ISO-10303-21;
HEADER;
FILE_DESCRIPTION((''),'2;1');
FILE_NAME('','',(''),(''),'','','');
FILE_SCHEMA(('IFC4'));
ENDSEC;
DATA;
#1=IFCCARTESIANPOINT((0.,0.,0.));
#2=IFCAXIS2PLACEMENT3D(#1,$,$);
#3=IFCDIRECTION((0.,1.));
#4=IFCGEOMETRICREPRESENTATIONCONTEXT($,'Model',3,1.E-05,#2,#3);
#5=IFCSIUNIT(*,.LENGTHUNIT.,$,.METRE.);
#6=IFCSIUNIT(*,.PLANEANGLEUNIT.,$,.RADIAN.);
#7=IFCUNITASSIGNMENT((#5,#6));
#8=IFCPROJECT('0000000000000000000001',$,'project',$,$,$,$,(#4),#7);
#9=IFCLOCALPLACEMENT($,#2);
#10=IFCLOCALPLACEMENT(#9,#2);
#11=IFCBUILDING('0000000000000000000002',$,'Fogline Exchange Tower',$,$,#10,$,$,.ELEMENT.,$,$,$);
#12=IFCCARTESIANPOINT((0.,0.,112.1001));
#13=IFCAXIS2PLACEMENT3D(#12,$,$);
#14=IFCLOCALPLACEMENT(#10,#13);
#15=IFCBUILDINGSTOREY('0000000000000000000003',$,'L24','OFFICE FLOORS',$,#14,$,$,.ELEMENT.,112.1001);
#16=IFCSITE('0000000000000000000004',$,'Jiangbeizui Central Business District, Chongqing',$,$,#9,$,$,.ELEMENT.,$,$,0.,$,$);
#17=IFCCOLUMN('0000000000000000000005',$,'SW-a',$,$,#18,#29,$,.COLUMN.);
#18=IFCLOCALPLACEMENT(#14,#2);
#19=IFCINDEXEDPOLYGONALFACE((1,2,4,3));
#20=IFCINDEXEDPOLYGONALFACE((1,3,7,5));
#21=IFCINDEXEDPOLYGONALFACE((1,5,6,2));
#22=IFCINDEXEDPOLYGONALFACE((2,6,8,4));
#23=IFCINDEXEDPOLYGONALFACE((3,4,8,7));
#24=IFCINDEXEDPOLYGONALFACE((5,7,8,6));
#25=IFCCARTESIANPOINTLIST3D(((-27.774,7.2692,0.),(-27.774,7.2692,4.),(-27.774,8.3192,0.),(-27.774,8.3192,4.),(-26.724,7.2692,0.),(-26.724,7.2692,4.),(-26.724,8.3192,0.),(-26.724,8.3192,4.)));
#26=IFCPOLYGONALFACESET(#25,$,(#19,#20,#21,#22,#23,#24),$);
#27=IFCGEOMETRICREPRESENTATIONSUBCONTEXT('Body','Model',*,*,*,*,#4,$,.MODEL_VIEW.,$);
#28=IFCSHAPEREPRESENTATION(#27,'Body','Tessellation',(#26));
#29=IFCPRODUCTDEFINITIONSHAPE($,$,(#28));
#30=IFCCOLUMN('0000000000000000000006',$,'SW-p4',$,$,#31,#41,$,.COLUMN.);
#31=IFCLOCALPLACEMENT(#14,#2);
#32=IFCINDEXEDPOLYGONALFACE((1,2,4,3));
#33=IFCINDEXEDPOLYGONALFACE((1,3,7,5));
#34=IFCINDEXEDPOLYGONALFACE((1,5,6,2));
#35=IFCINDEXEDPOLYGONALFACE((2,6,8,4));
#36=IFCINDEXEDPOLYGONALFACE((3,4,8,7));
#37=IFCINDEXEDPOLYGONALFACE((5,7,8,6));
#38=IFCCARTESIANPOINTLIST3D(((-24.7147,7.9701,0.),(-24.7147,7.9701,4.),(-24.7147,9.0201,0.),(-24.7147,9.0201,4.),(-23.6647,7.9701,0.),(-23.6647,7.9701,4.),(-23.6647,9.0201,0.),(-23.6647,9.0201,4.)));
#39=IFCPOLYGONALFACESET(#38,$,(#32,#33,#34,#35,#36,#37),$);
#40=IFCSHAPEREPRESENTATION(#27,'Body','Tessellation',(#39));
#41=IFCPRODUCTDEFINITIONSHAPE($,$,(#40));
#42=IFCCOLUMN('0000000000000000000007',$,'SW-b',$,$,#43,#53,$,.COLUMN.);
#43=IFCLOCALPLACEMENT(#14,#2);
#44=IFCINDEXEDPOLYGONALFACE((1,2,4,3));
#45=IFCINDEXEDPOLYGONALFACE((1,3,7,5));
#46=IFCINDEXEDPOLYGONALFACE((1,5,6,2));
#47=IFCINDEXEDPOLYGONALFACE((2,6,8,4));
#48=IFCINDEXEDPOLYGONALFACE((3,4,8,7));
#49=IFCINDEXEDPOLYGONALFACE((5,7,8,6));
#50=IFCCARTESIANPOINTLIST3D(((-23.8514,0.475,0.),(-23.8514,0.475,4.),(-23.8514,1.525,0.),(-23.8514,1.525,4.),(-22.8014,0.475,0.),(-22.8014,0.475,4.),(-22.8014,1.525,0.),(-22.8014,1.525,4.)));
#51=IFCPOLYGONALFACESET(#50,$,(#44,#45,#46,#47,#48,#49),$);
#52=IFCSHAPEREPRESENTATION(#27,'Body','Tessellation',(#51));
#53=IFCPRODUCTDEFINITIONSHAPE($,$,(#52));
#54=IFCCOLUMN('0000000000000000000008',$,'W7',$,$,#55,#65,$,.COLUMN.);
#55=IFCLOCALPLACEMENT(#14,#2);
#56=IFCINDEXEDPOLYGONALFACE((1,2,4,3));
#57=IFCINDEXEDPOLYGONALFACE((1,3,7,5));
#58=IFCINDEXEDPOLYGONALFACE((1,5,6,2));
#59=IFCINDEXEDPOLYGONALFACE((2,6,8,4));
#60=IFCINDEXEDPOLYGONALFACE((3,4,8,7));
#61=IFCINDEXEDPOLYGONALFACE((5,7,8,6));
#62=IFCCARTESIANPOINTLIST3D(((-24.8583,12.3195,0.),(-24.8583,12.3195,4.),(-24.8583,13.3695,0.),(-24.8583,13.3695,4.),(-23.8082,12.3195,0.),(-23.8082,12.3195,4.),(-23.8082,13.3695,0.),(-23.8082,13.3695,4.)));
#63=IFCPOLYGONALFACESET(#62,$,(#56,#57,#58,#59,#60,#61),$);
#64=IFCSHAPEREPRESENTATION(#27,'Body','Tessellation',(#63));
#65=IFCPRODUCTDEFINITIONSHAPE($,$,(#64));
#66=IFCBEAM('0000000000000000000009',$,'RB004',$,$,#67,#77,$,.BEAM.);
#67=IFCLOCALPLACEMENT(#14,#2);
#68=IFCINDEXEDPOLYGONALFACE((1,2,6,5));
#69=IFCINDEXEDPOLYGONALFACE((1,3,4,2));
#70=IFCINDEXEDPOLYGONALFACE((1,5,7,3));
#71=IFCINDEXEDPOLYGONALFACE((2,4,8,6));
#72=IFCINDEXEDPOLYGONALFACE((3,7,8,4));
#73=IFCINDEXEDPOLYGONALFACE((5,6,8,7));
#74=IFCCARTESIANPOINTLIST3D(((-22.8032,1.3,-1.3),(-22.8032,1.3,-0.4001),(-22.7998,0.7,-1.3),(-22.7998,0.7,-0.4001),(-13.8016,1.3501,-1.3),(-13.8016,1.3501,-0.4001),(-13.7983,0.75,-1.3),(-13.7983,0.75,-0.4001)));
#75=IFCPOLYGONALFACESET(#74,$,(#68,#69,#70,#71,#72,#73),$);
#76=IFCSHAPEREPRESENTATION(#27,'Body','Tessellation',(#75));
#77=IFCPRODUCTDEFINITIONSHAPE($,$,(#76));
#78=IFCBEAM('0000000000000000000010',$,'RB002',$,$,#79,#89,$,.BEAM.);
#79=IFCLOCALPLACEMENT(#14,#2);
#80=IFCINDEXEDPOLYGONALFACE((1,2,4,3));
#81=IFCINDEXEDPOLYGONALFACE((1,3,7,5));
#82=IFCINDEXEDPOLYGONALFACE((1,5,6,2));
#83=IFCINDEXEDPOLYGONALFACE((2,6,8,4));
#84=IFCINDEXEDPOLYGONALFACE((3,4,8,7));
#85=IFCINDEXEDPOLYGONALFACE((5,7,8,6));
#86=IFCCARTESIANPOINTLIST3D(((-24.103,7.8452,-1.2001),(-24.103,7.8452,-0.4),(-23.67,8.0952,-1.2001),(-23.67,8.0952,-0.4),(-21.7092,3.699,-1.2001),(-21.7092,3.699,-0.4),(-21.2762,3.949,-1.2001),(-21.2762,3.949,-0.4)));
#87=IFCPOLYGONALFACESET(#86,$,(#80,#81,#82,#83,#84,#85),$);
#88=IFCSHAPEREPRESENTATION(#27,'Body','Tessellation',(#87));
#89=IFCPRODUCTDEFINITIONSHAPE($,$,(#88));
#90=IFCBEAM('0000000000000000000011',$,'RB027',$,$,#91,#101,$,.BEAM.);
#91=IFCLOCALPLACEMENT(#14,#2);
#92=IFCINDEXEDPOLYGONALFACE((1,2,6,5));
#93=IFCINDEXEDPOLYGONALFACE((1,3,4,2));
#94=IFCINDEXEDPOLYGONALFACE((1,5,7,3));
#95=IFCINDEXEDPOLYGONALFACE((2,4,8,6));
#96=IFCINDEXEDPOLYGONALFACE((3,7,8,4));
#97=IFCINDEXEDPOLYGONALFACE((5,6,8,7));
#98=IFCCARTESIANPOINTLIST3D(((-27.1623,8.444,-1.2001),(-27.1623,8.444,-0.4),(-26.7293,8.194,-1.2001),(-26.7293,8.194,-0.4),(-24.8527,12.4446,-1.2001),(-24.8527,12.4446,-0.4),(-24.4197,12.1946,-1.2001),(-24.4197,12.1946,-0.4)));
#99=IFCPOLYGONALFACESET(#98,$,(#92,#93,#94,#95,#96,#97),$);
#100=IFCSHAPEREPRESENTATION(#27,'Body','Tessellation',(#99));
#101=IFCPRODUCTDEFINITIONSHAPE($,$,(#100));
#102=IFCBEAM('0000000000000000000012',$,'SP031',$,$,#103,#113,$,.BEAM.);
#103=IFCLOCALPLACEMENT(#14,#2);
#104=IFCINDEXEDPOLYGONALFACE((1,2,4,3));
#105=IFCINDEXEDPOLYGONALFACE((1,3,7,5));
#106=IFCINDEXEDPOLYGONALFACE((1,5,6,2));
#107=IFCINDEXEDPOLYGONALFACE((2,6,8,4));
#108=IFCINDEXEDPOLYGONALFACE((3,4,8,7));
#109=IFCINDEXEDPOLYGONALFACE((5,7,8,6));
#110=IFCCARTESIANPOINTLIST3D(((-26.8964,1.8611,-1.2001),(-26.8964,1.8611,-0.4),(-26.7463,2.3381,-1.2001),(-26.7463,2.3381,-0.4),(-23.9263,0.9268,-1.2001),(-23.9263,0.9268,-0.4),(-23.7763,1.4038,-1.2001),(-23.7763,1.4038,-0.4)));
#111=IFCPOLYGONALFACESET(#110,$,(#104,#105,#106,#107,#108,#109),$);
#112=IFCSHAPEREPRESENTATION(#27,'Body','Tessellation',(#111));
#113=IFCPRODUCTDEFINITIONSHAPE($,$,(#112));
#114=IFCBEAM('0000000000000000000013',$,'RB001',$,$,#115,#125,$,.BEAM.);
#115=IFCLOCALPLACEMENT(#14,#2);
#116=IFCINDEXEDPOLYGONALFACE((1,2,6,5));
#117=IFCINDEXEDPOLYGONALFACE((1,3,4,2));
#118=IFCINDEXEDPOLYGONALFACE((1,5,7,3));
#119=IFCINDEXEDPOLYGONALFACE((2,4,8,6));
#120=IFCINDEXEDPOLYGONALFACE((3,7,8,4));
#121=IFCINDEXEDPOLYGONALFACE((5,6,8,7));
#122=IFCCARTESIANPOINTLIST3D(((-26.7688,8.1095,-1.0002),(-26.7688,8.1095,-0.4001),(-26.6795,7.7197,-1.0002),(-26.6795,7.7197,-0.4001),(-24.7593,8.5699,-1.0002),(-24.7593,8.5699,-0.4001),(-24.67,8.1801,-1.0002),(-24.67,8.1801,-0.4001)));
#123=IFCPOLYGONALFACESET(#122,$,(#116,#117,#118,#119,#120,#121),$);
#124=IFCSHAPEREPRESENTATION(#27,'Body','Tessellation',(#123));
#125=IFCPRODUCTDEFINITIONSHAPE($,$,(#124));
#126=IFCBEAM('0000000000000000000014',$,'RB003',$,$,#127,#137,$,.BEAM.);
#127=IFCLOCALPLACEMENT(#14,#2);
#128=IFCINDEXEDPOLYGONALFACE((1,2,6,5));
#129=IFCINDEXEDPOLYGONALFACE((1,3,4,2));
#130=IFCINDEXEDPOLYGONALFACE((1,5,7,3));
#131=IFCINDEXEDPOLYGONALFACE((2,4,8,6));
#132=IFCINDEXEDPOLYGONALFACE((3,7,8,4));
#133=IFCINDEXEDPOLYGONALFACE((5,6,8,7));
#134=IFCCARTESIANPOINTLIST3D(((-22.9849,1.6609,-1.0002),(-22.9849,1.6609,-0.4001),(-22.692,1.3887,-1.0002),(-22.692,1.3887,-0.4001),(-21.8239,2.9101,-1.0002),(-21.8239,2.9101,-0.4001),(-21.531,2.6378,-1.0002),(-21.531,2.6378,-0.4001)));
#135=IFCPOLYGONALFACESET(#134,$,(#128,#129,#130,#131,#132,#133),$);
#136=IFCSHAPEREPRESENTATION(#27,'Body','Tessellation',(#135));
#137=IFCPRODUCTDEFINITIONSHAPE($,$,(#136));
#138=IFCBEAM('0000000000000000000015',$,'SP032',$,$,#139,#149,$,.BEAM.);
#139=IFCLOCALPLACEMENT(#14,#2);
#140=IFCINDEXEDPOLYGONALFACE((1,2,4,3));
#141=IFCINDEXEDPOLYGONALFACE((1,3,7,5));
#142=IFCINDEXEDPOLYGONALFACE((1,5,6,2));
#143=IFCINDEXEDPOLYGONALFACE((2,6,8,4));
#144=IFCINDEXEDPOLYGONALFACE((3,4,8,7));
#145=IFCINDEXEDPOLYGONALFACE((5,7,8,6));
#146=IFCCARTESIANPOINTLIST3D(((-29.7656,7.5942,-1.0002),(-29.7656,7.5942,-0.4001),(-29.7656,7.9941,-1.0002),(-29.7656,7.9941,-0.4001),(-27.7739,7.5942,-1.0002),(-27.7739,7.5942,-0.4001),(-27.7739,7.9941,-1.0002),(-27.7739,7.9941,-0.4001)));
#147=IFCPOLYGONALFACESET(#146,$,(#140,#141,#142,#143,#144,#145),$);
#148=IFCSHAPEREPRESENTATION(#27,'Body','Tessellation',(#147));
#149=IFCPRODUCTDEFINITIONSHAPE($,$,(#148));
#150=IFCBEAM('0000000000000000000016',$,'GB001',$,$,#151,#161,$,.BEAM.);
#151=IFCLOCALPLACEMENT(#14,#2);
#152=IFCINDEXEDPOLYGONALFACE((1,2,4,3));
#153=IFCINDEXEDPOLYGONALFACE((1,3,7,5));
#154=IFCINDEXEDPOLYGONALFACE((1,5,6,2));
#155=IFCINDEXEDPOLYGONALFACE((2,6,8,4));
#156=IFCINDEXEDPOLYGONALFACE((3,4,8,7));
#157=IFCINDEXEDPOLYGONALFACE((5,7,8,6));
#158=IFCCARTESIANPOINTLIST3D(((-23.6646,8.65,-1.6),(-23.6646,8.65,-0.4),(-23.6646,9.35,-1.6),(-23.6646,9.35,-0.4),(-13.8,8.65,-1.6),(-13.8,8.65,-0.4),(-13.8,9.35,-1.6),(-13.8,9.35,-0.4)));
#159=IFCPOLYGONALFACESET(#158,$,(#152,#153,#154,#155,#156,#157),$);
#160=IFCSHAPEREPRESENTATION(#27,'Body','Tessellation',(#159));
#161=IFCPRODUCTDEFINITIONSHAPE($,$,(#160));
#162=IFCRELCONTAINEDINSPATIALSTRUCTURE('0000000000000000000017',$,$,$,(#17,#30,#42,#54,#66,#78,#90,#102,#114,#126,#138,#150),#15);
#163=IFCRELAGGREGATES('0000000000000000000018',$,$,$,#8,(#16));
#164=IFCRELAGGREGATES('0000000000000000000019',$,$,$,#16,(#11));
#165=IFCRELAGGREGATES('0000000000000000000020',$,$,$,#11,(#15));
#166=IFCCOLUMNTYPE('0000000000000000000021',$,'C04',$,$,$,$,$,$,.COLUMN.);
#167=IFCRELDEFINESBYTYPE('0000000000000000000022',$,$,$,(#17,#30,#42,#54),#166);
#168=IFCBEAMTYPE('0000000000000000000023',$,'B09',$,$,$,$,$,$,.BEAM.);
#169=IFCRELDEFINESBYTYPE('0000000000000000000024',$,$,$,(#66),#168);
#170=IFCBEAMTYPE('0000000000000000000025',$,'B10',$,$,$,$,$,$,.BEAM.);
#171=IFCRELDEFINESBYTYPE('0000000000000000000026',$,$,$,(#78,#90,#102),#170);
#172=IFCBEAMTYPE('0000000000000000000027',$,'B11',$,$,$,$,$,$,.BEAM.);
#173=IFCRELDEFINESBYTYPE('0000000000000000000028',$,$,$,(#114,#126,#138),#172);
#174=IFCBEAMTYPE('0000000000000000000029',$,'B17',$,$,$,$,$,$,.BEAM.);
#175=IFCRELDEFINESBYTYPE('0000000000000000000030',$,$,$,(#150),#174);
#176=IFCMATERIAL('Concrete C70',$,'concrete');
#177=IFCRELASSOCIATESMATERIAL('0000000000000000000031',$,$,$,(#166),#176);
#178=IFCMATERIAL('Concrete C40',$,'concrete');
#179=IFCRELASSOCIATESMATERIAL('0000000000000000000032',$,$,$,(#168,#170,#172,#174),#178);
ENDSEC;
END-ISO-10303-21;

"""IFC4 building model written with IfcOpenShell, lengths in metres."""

from ifc_helpers import new_model, si_unit, direction, frame, origin, origin_2d, place, context, subcontext, project, spatial, rectangle, extrude, material, material_profile, profile_set, type_object, element, save


model = new_model("IFC4")

# Units and contexts
model_context = context("Model", 3, precision=1e-05, world=origin(), true_north=direction((0.0, 1.0)))
body_context = subcontext(model_context, "Body", "Model", "MODEL_VIEW")
ifc_project = project(units=[si_unit("LENGTHUNIT", "METRE"), si_unit("PLANEANGLEUNIT", "RADIAN")], contexts=[model_context])

# Site, building, storey
site_placement = place(None, origin())
site = spatial("IfcSite", under=ifc_project, at=site_placement, Name="Jiangbeizui Central Business District, Chongqing", CompositionType="ELEMENT", RefElevation=0.0)
building_placement = place(site_placement, origin())
building = spatial("IfcBuilding", under=site, at=building_placement, Name="Fogline Exchange Tower", CompositionType="ELEMENT")
storey_placement = place(building_placement, frame((0.0, 0.0, 112.1001)))
storey = spatial("IfcBuildingStorey", under=building, at=storey_placement, Name="L24", Description="OFFICE FLOORS", CompositionType="ELEMENT", Elevation=112.1001)

# Columns
ifc_material_1 = material(Name="Concrete C70", Category="concrete")
ifc_material_profile_1 = material_profile(ifc_material_1, rectangle(XDim=1.05, YDim=1.05, at=origin_2d()), Name="RC 1050x1050")
ifc_profile_set_1 = profile_set([ifc_material_profile_1], Name="Concrete C70")
column_type = type_object("IfcColumnType", Name="C04", PredefinedType="COLUMN", material=ifc_profile_set_1)
for number, where, z_axis, x_axis, name in (
    (1, (-27.249, 7.7942, 0.0), (0.0, 0.0, 1.0), (1.0, 0.0, 0.0), "SW-a"),
    (2, (-24.1897, 8.4951, 0.0), (0.0, 0.0, 1.0), (1.0, 0.0, 0.0), "SW-p4"),
    (3, (-23.3264, 1.0, 0.0), (0.0, 0.0, 1.0), (1.0, 0.0, 0.0), "SW-b"),
    (4, (-24.3333, 12.8445, 0.0), (0.0, 0.0, 1.0), (1.0, 0.0, 0.0), "W7"),
):
    element("IfcColumn", number, at=place(storey_placement, frame(where, z_axis=z_axis, x_axis=x_axis)), inside=storey, type_object=column_type, Name=name, PredefinedType="COLUMN", context=body_context, shape_type="SweptSolid", body=[
        extrude(rectangle(XDim=1.05, YDim=1.05, at=origin_2d()), origin(), (0.0, 0.0, 1.0), 4.0),
    ])

# Beams
ifc_material_2 = material(Name="Concrete C40", Category="concrete")
ifc_material_profile_2 = material_profile(ifc_material_2, rectangle(XDim=0.6001, YDim=0.8999, at=origin_2d()), Name="RC 600x900")
ifc_profile_set_2 = profile_set([ifc_material_profile_2], Name="Concrete C40")
beam_type_1 = type_object("IfcBeamType", Name="B09", PredefinedType="BEAM", material=ifc_profile_set_2)
beam_1_placement = place(storey_placement, frame((-22.8015, 1.0, -0.8501), z_axis=(0.999985, 0.00556, 0.0), x_axis=(-0.00556, 0.999985, 0.0)))
element("IfcBeam", 5, at=beam_1_placement, inside=storey, type_object=beam_type_1, Name="RB004", PredefinedType="BEAM", context=body_context, shape_type="SweptSolid", body=[
    extrude(rectangle(XDim=0.6001, YDim=0.8999, at=origin_2d()), origin(), (0.0, 0.0, 1.0), 9.0017),
])
ifc_material_profile_3 = material_profile(ifc_material_2, rectangle(XDim=0.5, YDim=0.8, at=origin_2d()), Name="RC 500x800")
ifc_profile_set_3 = profile_set([ifc_material_profile_3], Name="Concrete C40")
beam_type_2 = type_object("IfcBeamType", Name="B10", PredefinedType="BEAM", material=ifc_profile_set_3)
beam_2_placement = place(storey_placement, frame((-23.8865, 7.9702, -0.8), z_axis=(0.499995, -0.866028, 0.0), x_axis=(0.866028, 0.499995, 0.0)))
element("IfcBeam", 6, at=beam_2_placement, inside=storey, type_object=beam_type_2, Name="RB002", PredefinedType="BEAM", context=body_context, shape_type="SweptSolid", body=[
    extrude(rectangle(XDim=0.5, YDim=0.8, at=origin_2d()), origin(), (0.0, 0.0, 1.0), 4.7876),
])
beam_3_placement = place(storey_placement, frame((-24.6362, 12.3196, -0.8), z_axis=(-0.499982, -0.866036, 0.0), x_axis=(0.866036, -0.499982, 0.0)))
element("IfcBeam", 7, at=beam_3_placement, inside=storey, type_object=beam_type_2, Name="RB027", PredefinedType="BEAM", context=body_context, shape_type="SweptSolid", body=[
    extrude(rectangle(XDim=0.5, YDim=0.8, at=origin_2d()), origin(), (0.0, 0.0, 1.0), 4.6194),
])
beam_4_placement = place(storey_placement, frame((-23.8513, 1.1653, -0.8), z_axis=(-0.95391, 0.300092, 0.0), x_axis=(-0.300092, -0.95391, 0.0)))
element("IfcBeam", 8, at=beam_4_placement, inside=storey, type_object=beam_type_2, Name="SP031", PredefinedType="BEAM", context=body_context, shape_type="SweptSolid", body=[
    extrude(rectangle(XDim=0.5, YDim=0.8, at=origin_2d()), origin(), (0.0, 0.0, 1.0), 3.1135),
])
ifc_material_profile_4 = material_profile(ifc_material_2, rectangle(XDim=0.3999, YDim=0.6001, at=origin_2d()), Name="RC 400x600")
ifc_profile_set_4 = profile_set([ifc_material_profile_4], Name="Concrete C40")
beam_type_3 = type_object("IfcBeamType", Name="B11", PredefinedType="BEAM", material=ifc_profile_set_4)
beam_5_placement = place(storey_placement, frame((-26.7241, 7.9146, -0.7002), z_axis=(0.974739, 0.223346, 0.0), x_axis=(-0.223346, 0.974739, 0.0)))
element("IfcBeam", 9, at=beam_5_placement, inside=storey, type_object=beam_type_3, Name="RB001", PredefinedType="BEAM", context=body_context, shape_type="SweptSolid", body=[
    extrude(rectangle(XDim=0.3999, YDim=0.6001, at=origin_2d()), origin(), (0.0, 0.0, 1.0), 2.0615),
])
beam_6_placement = place(storey_placement, frame((-21.6775, 2.7739, -0.7002), z_axis=(-0.680792, -0.732477, 0.0), x_axis=(0.732477, -0.680792, 0.0)))
element("IfcBeam", 10, at=beam_6_placement, inside=storey, type_object=beam_type_3, Name="RB003", PredefinedType="BEAM", context=body_context, shape_type="SweptSolid", body=[
    extrude(rectangle(XDim=0.3999, YDim=0.6001, at=origin_2d()), origin(), (0.0, 0.0, 1.0), 1.7053),
])
beam_7_placement = place(storey_placement, frame((-27.7739, 7.7942, -0.7002), z_axis=(-1.0, 0.0, 0.0), x_axis=(0.0, -1.0, 0.0)))
element("IfcBeam", 11, at=beam_7_placement, inside=storey, type_object=beam_type_3, Name="SP032", PredefinedType="BEAM", context=body_context, shape_type="SweptSolid", body=[
    extrude(rectangle(XDim=0.3999, YDim=0.6001, at=origin_2d()), origin(), (0.0, 0.0, 1.0), 1.9917),
])
ifc_material_profile_5 = material_profile(ifc_material_2, rectangle(XDim=0.7, YDim=1.2, at=origin_2d()), Name="RC 700x1200")
ifc_profile_set_5 = profile_set([ifc_material_profile_5], Name="Concrete C40")
beam_type_4 = type_object("IfcBeamType", Name="B17", PredefinedType="BEAM", material=ifc_profile_set_5)
beam_8_placement = place(storey_placement, frame((-23.6646, 9.0, -1.0), z_axis=(1.0, 0.0, 0.0), x_axis=(0.0, 1.0, 0.0)))
element("IfcBeam", 12, at=beam_8_placement, inside=storey, type_object=beam_type_4, Name="GB001", PredefinedType="BEAM", context=body_context, shape_type="SweptSolid", body=[
    extrude(rectangle(XDim=0.7, YDim=1.2, at=origin_2d()), origin(), (0.0, 0.0, 1.0), 9.8645),
])

save(model, "model.ifc")
